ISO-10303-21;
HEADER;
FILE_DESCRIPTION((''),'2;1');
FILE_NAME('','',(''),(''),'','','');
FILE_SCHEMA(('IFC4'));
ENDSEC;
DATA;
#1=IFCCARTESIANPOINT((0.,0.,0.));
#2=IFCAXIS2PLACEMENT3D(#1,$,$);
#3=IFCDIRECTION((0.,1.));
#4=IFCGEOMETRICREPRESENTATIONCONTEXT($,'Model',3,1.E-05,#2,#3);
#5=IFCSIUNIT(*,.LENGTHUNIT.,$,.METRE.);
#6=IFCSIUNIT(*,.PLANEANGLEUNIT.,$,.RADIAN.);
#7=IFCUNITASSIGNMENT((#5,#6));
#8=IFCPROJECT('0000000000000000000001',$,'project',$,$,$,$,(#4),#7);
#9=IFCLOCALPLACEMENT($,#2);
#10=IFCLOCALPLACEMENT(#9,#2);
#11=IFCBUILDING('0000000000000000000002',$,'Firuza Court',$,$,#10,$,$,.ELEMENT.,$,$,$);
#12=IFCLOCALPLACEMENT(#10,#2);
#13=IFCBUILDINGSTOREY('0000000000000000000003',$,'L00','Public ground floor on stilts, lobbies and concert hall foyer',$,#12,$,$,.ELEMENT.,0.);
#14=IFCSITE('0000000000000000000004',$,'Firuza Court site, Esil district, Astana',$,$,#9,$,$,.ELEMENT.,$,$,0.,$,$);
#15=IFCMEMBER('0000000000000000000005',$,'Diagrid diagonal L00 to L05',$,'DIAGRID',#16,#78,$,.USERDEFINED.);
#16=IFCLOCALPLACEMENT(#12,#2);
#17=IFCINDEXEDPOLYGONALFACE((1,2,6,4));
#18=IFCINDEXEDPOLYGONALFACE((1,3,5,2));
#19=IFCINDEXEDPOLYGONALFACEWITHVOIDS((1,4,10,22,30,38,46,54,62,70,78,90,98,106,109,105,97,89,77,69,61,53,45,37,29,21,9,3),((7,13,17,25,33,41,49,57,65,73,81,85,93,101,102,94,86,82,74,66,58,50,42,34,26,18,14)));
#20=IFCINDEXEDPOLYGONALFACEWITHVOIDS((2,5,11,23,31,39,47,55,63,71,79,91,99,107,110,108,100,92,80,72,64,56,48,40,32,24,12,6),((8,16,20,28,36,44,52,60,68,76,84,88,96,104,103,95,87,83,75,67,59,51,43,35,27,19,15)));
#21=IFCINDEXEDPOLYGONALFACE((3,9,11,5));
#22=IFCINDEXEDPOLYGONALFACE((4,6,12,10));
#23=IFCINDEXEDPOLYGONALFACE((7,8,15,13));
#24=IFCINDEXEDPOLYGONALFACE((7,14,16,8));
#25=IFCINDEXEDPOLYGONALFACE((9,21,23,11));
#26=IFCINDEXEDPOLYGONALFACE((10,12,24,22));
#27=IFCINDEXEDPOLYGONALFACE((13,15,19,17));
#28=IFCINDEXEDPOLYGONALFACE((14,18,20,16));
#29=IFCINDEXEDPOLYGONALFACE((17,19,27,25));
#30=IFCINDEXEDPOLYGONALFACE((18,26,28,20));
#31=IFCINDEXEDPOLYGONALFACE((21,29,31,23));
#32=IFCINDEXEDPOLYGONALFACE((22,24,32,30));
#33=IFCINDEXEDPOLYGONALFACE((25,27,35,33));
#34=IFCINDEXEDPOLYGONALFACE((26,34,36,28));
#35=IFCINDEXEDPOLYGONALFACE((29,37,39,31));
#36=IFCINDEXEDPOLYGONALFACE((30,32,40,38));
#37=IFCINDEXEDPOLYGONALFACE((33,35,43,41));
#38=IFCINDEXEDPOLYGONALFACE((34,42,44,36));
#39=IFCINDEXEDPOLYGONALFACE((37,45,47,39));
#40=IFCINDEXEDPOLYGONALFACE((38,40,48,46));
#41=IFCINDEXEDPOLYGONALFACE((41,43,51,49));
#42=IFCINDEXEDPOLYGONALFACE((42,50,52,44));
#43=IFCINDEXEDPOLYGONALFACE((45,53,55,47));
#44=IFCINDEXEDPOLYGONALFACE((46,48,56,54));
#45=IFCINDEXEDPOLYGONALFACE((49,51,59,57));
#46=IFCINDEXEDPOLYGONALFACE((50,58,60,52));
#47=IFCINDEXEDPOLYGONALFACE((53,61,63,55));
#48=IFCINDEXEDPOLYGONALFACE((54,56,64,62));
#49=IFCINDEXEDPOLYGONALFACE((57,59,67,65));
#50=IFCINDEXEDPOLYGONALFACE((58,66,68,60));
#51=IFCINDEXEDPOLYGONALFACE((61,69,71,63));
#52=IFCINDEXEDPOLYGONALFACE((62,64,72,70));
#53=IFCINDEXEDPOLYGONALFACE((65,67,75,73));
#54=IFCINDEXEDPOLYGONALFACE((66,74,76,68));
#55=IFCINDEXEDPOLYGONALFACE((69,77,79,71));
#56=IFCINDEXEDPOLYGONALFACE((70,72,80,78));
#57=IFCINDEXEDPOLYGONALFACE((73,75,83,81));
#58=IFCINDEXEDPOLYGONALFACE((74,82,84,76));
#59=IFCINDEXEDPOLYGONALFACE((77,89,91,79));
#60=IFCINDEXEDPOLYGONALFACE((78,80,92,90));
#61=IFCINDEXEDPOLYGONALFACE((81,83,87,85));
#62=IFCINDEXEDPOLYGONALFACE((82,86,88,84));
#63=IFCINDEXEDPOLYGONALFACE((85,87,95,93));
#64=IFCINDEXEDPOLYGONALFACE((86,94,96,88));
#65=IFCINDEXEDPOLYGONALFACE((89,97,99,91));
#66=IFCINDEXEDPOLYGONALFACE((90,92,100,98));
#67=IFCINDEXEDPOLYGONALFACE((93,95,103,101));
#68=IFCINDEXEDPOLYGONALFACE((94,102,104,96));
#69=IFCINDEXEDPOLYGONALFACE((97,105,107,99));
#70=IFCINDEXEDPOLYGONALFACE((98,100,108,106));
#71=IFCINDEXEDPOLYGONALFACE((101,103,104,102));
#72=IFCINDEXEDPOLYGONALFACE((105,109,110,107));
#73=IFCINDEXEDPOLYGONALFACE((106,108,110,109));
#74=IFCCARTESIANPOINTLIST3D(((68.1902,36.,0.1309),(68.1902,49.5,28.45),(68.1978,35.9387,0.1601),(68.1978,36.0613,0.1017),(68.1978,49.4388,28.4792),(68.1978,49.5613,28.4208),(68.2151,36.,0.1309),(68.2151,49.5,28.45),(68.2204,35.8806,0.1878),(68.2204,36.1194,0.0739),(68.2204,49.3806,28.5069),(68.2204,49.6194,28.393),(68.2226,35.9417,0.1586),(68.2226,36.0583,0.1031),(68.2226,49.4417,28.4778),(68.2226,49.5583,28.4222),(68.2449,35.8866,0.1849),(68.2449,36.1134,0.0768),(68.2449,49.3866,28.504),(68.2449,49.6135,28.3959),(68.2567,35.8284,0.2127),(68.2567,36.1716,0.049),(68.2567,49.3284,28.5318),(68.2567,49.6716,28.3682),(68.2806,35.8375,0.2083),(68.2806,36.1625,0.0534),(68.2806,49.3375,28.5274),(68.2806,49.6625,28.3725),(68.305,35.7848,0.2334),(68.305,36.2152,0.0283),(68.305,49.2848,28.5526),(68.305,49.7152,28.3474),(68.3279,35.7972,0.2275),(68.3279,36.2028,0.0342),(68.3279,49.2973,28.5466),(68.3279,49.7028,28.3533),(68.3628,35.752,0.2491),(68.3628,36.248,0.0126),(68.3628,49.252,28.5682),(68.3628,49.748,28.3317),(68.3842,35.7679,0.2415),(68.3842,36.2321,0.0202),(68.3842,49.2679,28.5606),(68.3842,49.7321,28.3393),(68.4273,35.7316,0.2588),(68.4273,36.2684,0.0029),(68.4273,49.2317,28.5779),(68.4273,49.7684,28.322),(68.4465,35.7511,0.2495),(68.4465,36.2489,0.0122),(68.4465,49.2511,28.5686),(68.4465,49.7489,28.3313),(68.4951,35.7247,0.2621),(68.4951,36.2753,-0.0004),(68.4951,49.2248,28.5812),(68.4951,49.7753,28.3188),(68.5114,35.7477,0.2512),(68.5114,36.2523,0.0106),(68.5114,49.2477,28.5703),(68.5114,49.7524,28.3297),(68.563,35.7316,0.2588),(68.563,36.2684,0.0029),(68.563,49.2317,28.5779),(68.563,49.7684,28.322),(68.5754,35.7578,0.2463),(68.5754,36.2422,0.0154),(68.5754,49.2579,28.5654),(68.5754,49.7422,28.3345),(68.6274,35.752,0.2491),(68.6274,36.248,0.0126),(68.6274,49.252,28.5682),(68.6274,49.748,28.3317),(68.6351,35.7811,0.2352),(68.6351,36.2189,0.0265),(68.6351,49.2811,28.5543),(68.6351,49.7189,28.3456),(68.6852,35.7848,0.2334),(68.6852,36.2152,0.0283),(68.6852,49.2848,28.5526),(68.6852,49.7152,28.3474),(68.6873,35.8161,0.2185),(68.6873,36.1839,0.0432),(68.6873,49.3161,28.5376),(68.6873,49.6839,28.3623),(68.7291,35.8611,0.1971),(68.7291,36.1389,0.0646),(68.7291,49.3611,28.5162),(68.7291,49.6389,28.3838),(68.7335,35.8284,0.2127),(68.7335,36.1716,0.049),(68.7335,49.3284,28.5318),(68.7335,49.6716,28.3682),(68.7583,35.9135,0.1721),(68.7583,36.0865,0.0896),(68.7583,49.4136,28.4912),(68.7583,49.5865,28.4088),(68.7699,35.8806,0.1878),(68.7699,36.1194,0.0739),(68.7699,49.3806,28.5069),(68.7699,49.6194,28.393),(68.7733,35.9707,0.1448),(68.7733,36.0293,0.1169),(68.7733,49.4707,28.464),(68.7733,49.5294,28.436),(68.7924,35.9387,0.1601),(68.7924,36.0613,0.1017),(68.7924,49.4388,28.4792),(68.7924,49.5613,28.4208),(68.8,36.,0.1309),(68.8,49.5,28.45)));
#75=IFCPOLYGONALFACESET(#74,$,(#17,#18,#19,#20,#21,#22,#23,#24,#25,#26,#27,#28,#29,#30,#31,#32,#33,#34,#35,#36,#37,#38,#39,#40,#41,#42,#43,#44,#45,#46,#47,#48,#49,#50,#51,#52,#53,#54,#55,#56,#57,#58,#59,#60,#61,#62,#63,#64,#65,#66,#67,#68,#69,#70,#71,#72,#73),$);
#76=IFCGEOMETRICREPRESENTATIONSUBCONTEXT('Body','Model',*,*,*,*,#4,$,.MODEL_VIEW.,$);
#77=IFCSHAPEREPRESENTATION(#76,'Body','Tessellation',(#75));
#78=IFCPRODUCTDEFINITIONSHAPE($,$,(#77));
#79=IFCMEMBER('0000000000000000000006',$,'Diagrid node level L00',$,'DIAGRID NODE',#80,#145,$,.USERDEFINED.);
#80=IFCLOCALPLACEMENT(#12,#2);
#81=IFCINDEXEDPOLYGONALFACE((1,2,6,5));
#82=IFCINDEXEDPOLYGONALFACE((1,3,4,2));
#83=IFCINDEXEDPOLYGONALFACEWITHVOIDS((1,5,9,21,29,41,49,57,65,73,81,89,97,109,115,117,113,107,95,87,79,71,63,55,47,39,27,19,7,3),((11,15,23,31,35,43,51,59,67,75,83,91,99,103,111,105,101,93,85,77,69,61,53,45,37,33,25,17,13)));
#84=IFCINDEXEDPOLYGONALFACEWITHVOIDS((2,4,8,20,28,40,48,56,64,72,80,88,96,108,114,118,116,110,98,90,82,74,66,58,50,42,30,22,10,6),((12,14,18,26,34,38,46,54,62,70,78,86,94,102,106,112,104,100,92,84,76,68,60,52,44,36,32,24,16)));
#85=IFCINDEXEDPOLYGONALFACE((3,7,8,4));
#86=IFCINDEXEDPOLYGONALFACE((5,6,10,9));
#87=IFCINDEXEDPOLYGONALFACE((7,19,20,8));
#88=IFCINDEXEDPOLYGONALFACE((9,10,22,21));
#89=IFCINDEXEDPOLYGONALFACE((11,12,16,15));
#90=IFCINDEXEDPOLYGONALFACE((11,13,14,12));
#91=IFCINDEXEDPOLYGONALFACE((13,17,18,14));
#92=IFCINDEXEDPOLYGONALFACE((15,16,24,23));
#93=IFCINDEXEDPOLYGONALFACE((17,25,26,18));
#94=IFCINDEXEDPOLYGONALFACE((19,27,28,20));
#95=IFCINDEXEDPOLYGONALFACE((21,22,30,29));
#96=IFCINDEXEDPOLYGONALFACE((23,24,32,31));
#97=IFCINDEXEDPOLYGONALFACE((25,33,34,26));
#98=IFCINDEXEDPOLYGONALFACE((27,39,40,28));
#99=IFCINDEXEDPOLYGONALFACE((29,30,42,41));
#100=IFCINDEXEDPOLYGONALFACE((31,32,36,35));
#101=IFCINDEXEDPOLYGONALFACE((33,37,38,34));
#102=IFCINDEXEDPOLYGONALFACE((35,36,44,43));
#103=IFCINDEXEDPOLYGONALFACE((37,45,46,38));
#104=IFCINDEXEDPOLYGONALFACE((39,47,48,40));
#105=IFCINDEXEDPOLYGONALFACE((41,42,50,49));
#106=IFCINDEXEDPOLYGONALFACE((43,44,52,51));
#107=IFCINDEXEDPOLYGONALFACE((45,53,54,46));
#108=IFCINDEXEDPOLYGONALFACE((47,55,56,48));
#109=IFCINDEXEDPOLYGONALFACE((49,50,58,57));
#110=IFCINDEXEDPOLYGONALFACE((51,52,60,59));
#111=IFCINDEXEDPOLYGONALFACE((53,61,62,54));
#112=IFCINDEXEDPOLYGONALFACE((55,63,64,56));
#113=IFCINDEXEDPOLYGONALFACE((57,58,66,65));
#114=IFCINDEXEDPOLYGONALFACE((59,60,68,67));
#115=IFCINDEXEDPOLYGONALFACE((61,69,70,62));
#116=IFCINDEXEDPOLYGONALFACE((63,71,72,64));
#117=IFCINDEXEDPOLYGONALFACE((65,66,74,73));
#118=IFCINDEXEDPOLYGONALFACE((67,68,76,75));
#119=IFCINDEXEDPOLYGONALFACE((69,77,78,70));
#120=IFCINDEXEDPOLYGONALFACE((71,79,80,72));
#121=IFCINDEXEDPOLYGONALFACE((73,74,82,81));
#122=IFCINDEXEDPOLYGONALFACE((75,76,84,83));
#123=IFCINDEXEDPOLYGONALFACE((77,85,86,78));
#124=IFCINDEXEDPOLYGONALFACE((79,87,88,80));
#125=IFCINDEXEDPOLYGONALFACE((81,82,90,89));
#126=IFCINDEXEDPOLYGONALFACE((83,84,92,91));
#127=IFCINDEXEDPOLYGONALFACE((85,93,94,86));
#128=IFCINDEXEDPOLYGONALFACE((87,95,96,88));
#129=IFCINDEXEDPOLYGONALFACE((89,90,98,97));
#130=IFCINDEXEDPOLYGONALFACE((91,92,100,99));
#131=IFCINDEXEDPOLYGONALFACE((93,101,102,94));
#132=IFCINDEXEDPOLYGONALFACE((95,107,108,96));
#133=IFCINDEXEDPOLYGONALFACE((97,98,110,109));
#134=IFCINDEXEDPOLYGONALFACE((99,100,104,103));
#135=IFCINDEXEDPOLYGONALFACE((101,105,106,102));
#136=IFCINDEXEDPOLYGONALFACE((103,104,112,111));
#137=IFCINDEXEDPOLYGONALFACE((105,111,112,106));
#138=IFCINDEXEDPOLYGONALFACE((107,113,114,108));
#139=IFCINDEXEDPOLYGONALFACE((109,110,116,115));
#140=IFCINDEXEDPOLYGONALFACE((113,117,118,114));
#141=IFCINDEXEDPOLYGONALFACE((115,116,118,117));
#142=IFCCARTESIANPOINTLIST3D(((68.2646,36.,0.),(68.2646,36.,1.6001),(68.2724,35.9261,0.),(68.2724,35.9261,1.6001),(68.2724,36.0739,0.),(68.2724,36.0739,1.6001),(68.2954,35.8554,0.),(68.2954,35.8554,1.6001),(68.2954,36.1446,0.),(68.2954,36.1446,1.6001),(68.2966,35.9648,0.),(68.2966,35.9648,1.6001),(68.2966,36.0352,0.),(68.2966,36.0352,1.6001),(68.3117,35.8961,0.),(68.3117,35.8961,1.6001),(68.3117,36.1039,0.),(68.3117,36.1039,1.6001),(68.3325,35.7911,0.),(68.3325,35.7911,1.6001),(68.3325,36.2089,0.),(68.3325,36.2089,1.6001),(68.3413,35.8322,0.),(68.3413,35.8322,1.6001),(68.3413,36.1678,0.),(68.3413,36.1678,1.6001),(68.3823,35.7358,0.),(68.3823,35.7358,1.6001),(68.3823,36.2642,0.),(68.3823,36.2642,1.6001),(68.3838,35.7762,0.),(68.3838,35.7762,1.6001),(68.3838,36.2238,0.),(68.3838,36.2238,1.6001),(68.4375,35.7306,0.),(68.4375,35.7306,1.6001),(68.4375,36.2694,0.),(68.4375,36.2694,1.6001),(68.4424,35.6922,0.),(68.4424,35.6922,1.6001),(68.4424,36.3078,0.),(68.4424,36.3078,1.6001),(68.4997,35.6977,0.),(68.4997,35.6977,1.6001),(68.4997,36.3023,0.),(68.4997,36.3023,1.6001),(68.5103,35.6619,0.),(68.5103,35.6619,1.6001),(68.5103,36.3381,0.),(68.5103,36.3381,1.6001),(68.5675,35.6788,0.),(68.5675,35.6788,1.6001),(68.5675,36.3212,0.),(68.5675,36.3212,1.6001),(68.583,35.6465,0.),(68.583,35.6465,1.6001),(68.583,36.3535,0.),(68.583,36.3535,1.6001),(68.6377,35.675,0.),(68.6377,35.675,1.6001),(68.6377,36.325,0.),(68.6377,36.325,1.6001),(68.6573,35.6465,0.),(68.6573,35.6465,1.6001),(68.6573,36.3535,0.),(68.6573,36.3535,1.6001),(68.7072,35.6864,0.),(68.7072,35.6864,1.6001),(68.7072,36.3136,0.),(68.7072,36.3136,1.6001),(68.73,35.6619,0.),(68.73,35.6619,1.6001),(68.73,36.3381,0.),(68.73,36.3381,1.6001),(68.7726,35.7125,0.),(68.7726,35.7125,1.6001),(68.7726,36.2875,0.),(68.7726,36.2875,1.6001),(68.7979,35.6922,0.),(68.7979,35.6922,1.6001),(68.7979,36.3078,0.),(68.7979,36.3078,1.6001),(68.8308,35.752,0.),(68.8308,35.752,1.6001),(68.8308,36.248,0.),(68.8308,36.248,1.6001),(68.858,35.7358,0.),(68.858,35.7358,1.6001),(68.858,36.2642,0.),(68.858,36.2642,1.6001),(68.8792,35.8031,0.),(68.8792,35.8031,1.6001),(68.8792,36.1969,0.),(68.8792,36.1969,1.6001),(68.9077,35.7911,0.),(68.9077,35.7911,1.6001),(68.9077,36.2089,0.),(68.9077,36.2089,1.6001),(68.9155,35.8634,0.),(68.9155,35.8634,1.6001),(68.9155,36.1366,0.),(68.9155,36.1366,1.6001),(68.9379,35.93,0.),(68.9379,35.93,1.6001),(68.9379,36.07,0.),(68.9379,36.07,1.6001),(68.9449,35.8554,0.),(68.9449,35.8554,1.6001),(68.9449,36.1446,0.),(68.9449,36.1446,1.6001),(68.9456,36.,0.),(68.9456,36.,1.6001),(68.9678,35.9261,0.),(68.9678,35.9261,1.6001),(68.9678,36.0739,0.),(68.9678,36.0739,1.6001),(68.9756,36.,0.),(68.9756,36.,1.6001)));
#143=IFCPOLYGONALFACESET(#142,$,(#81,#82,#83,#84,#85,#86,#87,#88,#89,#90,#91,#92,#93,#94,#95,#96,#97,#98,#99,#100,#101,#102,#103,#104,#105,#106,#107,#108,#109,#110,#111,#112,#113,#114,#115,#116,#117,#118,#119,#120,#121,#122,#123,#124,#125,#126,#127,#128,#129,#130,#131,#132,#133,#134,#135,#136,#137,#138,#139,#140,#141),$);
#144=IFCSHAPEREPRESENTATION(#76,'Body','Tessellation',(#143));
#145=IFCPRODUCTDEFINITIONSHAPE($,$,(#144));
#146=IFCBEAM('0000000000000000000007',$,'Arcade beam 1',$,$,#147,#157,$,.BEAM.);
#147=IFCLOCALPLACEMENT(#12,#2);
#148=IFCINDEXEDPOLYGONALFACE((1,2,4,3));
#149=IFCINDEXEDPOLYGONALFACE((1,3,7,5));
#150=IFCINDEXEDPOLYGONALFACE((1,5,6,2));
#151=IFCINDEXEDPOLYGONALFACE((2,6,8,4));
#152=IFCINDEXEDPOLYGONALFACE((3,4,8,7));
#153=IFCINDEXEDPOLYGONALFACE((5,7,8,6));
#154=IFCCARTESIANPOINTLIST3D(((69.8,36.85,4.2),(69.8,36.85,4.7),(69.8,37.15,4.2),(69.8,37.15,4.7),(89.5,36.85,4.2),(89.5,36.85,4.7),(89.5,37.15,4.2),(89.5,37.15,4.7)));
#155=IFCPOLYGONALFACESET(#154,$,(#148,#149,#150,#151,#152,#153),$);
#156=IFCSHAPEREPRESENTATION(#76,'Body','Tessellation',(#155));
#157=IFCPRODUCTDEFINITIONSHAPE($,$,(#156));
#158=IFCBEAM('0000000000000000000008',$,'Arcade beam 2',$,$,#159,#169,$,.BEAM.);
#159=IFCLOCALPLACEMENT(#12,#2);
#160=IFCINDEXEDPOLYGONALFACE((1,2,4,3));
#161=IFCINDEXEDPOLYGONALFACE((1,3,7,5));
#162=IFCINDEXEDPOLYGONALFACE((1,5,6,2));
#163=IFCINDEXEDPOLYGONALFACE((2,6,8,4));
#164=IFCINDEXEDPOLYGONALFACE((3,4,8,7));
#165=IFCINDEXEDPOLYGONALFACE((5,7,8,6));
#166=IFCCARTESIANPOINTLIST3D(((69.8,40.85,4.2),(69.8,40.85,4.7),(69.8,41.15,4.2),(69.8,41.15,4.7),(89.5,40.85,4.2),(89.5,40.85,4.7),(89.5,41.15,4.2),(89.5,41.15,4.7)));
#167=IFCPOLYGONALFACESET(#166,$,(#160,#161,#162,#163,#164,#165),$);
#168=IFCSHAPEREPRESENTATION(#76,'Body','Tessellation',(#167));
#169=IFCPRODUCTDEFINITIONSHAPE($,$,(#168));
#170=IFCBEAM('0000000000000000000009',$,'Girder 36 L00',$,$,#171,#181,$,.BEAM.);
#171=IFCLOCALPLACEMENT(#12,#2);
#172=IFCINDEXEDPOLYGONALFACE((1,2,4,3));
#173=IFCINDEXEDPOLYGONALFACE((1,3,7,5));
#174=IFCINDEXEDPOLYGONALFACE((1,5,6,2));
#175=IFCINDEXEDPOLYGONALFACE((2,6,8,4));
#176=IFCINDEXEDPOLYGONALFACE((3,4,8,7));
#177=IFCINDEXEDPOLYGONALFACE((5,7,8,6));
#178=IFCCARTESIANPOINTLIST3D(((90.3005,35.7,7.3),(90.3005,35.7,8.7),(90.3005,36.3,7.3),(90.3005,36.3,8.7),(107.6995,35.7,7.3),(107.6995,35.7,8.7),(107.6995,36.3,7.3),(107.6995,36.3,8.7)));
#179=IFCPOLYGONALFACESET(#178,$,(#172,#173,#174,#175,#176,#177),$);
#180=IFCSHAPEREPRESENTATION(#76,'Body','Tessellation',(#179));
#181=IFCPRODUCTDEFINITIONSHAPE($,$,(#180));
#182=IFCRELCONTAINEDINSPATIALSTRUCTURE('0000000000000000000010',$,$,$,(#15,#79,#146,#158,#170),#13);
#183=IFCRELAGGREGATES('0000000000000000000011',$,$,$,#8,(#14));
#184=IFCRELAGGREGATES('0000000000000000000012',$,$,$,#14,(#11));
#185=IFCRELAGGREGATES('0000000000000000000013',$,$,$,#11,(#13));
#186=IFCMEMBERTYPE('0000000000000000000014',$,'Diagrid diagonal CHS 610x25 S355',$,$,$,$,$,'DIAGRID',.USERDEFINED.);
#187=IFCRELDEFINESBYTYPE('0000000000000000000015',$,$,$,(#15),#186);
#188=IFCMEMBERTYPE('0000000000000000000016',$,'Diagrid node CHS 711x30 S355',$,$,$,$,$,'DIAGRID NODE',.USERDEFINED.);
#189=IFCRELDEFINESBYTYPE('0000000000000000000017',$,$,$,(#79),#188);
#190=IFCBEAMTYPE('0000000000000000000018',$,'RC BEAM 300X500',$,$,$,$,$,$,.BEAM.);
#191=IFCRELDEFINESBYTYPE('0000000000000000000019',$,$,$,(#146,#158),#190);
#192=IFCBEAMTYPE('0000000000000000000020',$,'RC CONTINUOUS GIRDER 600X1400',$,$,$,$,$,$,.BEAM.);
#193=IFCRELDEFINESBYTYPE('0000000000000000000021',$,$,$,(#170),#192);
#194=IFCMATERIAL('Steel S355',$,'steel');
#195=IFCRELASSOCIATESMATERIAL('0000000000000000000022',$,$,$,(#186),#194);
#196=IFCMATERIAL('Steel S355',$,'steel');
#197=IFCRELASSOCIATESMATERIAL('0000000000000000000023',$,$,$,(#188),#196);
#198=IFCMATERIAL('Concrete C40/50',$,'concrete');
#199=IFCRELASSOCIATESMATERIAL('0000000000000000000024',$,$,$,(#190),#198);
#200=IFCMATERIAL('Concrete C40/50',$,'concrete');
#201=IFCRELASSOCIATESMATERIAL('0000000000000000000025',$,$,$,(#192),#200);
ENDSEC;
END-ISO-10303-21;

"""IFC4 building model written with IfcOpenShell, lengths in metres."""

from ifc_helpers import new_model, si_unit, direction, frame, origin, origin_2d, place, context, subcontext, project, spatial, rectangle, hollow_circle, extrude, material, material_profile, profile_set, type_object, element, save


model = new_model("IFC4")

# Units and contexts
model_context = context("Model", 3, precision=1e-05, world=origin(), true_north=direction((0.0, 1.0)))
body_context = subcontext(model_context, "Body", "Model", "MODEL_VIEW")
ifc_project = project(units=[si_unit("LENGTHUNIT", "METRE"), si_unit("PLANEANGLEUNIT", "RADIAN")], contexts=[model_context])

# Site, building, storey
site_placement = place(None, origin())
site = spatial("IfcSite", under=ifc_project, at=site_placement, Name="Firuza Court site, Esil district, Astana", CompositionType="ELEMENT", RefElevation=0.0)
building_placement = place(site_placement, origin())
building = spatial("IfcBuilding", under=site, at=building_placement, Name="Firuza Court", CompositionType="ELEMENT")
storey_placement = place(building_placement, origin())
storey = spatial("IfcBuildingStorey", under=building, at=storey_placement, Name="L00", Description="Public ground floor on stilts, lobbies and concert hall foyer", CompositionType="ELEMENT", Elevation=0.0)

# Members
ifc_material_1 = material(Name="Steel S355", Category="steel")
ifc_material_profile_1 = material_profile(ifc_material_1, hollow_circle(Radius=0.3049, WallThickness=0.0249, at=origin_2d()), Name="CHS 610x25")
ifc_profile_set_1 = profile_set([ifc_material_profile_1], Name="Steel S355")
member_type_1 = type_object("IfcMemberType", Name="Diagrid diagonal CHS 610x25 S355", ElementType="DIAGRID", PredefinedType="USERDEFINED", material=ifc_profile_set_1)
member_1_placement = place(storey_placement, frame((68.4951, 36.0, 0.1309), z_axis=(0.0, 0.430316, 0.902678), x_axis=(-1.0, 0.0, 0.0)))
element("IfcMember", 1, at=member_1_placement, inside=storey, type_object=member_type_1, Name="Diagrid diagonal L00 to L05", ObjectType="DIAGRID", PredefinedType="USERDEFINED", context=body_context, shape_type="SweptSolid", body=[
    extrude(hollow_circle(Radius=0.3049, WallThickness=0.0249, at=origin_2d()), origin(), (0.0, 0.0, 1.0), 31.3723),
])
ifc_material_2 = material(Name="Steel S355", Category="steel")
ifc_material_profile_2 = material_profile(ifc_material_2, hollow_circle(Radius=0.3555, WallThickness=0.03, at=origin_2d()), Name="CHS 711x30")
ifc_profile_set_2 = profile_set([ifc_material_profile_2], Name="Steel S355")
member_type_2 = type_object("IfcMemberType", Name="Diagrid node CHS 711x30 S355", ElementType="DIAGRID NODE", PredefinedType="USERDEFINED", material=ifc_profile_set_2)
member_2_placement = place(storey_placement, frame((68.6201, 36.0, 0.0), z_axis=(0.0, 0.0, 1.0), x_axis=(1.0, 0.0, 0.0)))
element("IfcMember", 2, at=member_2_placement, inside=storey, type_object=member_type_2, Name="Diagrid node level L00", ObjectType="DIAGRID NODE", PredefinedType="USERDEFINED", context=body_context, shape_type="SweptSolid", body=[
    extrude(hollow_circle(Radius=0.3555, WallThickness=0.03, at=origin_2d()), origin(), (0.0, 0.0, 1.0), 1.6001),
])

# Beams
ifc_material_3 = material(Name="Concrete C40/50", Category="concrete")
ifc_material_profile_3 = material_profile(ifc_material_3, rectangle(XDim=0.3, YDim=0.5, at=origin_2d()), Name="RC 300X500")
ifc_profile_set_3 = profile_set([ifc_material_profile_3], Name="Concrete C40/50")
beam_type_1 = type_object("IfcBeamType", Name="RC BEAM 300X500", PredefinedType="BEAM", material=ifc_profile_set_3)
for number, where, z_axis, x_axis, name in (
    (3, (69.8, 37.0, 4.45), (1.0, 0.0, 0.0), (0.0, 1.0, 0.0), "Arcade beam 1"),
    (4, (69.8, 41.0, 4.45), (1.0, 0.0, 0.0), (0.0, 1.0, 0.0), "Arcade beam 2"),
):
    element("IfcBeam", number, at=place(storey_placement, frame(where, z_axis=z_axis, x_axis=x_axis)), inside=storey, type_object=beam_type_1, Name=name, PredefinedType="BEAM", context=body_context, shape_type="SweptSolid", body=[
        extrude(rectangle(XDim=0.3, YDim=0.5, at=origin_2d()), origin(), (0.0, 0.0, 1.0), 19.7),
    ])
ifc_material_4 = material(Name="Concrete C40/50", Category="concrete")
ifc_material_profile_4 = material_profile(ifc_material_4, rectangle(XDim=0.6001, YDim=1.3999, at=origin_2d()), Name="RC 600X1400")
ifc_profile_set_4 = profile_set([ifc_material_profile_4], Name="Concrete C40/50")
beam_type_2 = type_object("IfcBeamType", Name="RC CONTINUOUS GIRDER 600X1400", PredefinedType="BEAM", material=ifc_profile_set_4)
beam_1_placement = place(storey_placement, frame((90.3005, 36.0, 8.0), z_axis=(1.0, 0.0, 0.0), x_axis=(0.0, 1.0, 0.0)))
element("IfcBeam", 5, at=beam_1_placement, inside=storey, type_object=beam_type_2, Name="Girder 36 L00", PredefinedType="BEAM", context=body_context, shape_type="SweptSolid", body=[
    extrude(rectangle(XDim=0.6001, YDim=1.3999, at=origin_2d()), origin(), (0.0, 0.0, 1.0), 17.3989),
])

save(model, "model.ifc")
